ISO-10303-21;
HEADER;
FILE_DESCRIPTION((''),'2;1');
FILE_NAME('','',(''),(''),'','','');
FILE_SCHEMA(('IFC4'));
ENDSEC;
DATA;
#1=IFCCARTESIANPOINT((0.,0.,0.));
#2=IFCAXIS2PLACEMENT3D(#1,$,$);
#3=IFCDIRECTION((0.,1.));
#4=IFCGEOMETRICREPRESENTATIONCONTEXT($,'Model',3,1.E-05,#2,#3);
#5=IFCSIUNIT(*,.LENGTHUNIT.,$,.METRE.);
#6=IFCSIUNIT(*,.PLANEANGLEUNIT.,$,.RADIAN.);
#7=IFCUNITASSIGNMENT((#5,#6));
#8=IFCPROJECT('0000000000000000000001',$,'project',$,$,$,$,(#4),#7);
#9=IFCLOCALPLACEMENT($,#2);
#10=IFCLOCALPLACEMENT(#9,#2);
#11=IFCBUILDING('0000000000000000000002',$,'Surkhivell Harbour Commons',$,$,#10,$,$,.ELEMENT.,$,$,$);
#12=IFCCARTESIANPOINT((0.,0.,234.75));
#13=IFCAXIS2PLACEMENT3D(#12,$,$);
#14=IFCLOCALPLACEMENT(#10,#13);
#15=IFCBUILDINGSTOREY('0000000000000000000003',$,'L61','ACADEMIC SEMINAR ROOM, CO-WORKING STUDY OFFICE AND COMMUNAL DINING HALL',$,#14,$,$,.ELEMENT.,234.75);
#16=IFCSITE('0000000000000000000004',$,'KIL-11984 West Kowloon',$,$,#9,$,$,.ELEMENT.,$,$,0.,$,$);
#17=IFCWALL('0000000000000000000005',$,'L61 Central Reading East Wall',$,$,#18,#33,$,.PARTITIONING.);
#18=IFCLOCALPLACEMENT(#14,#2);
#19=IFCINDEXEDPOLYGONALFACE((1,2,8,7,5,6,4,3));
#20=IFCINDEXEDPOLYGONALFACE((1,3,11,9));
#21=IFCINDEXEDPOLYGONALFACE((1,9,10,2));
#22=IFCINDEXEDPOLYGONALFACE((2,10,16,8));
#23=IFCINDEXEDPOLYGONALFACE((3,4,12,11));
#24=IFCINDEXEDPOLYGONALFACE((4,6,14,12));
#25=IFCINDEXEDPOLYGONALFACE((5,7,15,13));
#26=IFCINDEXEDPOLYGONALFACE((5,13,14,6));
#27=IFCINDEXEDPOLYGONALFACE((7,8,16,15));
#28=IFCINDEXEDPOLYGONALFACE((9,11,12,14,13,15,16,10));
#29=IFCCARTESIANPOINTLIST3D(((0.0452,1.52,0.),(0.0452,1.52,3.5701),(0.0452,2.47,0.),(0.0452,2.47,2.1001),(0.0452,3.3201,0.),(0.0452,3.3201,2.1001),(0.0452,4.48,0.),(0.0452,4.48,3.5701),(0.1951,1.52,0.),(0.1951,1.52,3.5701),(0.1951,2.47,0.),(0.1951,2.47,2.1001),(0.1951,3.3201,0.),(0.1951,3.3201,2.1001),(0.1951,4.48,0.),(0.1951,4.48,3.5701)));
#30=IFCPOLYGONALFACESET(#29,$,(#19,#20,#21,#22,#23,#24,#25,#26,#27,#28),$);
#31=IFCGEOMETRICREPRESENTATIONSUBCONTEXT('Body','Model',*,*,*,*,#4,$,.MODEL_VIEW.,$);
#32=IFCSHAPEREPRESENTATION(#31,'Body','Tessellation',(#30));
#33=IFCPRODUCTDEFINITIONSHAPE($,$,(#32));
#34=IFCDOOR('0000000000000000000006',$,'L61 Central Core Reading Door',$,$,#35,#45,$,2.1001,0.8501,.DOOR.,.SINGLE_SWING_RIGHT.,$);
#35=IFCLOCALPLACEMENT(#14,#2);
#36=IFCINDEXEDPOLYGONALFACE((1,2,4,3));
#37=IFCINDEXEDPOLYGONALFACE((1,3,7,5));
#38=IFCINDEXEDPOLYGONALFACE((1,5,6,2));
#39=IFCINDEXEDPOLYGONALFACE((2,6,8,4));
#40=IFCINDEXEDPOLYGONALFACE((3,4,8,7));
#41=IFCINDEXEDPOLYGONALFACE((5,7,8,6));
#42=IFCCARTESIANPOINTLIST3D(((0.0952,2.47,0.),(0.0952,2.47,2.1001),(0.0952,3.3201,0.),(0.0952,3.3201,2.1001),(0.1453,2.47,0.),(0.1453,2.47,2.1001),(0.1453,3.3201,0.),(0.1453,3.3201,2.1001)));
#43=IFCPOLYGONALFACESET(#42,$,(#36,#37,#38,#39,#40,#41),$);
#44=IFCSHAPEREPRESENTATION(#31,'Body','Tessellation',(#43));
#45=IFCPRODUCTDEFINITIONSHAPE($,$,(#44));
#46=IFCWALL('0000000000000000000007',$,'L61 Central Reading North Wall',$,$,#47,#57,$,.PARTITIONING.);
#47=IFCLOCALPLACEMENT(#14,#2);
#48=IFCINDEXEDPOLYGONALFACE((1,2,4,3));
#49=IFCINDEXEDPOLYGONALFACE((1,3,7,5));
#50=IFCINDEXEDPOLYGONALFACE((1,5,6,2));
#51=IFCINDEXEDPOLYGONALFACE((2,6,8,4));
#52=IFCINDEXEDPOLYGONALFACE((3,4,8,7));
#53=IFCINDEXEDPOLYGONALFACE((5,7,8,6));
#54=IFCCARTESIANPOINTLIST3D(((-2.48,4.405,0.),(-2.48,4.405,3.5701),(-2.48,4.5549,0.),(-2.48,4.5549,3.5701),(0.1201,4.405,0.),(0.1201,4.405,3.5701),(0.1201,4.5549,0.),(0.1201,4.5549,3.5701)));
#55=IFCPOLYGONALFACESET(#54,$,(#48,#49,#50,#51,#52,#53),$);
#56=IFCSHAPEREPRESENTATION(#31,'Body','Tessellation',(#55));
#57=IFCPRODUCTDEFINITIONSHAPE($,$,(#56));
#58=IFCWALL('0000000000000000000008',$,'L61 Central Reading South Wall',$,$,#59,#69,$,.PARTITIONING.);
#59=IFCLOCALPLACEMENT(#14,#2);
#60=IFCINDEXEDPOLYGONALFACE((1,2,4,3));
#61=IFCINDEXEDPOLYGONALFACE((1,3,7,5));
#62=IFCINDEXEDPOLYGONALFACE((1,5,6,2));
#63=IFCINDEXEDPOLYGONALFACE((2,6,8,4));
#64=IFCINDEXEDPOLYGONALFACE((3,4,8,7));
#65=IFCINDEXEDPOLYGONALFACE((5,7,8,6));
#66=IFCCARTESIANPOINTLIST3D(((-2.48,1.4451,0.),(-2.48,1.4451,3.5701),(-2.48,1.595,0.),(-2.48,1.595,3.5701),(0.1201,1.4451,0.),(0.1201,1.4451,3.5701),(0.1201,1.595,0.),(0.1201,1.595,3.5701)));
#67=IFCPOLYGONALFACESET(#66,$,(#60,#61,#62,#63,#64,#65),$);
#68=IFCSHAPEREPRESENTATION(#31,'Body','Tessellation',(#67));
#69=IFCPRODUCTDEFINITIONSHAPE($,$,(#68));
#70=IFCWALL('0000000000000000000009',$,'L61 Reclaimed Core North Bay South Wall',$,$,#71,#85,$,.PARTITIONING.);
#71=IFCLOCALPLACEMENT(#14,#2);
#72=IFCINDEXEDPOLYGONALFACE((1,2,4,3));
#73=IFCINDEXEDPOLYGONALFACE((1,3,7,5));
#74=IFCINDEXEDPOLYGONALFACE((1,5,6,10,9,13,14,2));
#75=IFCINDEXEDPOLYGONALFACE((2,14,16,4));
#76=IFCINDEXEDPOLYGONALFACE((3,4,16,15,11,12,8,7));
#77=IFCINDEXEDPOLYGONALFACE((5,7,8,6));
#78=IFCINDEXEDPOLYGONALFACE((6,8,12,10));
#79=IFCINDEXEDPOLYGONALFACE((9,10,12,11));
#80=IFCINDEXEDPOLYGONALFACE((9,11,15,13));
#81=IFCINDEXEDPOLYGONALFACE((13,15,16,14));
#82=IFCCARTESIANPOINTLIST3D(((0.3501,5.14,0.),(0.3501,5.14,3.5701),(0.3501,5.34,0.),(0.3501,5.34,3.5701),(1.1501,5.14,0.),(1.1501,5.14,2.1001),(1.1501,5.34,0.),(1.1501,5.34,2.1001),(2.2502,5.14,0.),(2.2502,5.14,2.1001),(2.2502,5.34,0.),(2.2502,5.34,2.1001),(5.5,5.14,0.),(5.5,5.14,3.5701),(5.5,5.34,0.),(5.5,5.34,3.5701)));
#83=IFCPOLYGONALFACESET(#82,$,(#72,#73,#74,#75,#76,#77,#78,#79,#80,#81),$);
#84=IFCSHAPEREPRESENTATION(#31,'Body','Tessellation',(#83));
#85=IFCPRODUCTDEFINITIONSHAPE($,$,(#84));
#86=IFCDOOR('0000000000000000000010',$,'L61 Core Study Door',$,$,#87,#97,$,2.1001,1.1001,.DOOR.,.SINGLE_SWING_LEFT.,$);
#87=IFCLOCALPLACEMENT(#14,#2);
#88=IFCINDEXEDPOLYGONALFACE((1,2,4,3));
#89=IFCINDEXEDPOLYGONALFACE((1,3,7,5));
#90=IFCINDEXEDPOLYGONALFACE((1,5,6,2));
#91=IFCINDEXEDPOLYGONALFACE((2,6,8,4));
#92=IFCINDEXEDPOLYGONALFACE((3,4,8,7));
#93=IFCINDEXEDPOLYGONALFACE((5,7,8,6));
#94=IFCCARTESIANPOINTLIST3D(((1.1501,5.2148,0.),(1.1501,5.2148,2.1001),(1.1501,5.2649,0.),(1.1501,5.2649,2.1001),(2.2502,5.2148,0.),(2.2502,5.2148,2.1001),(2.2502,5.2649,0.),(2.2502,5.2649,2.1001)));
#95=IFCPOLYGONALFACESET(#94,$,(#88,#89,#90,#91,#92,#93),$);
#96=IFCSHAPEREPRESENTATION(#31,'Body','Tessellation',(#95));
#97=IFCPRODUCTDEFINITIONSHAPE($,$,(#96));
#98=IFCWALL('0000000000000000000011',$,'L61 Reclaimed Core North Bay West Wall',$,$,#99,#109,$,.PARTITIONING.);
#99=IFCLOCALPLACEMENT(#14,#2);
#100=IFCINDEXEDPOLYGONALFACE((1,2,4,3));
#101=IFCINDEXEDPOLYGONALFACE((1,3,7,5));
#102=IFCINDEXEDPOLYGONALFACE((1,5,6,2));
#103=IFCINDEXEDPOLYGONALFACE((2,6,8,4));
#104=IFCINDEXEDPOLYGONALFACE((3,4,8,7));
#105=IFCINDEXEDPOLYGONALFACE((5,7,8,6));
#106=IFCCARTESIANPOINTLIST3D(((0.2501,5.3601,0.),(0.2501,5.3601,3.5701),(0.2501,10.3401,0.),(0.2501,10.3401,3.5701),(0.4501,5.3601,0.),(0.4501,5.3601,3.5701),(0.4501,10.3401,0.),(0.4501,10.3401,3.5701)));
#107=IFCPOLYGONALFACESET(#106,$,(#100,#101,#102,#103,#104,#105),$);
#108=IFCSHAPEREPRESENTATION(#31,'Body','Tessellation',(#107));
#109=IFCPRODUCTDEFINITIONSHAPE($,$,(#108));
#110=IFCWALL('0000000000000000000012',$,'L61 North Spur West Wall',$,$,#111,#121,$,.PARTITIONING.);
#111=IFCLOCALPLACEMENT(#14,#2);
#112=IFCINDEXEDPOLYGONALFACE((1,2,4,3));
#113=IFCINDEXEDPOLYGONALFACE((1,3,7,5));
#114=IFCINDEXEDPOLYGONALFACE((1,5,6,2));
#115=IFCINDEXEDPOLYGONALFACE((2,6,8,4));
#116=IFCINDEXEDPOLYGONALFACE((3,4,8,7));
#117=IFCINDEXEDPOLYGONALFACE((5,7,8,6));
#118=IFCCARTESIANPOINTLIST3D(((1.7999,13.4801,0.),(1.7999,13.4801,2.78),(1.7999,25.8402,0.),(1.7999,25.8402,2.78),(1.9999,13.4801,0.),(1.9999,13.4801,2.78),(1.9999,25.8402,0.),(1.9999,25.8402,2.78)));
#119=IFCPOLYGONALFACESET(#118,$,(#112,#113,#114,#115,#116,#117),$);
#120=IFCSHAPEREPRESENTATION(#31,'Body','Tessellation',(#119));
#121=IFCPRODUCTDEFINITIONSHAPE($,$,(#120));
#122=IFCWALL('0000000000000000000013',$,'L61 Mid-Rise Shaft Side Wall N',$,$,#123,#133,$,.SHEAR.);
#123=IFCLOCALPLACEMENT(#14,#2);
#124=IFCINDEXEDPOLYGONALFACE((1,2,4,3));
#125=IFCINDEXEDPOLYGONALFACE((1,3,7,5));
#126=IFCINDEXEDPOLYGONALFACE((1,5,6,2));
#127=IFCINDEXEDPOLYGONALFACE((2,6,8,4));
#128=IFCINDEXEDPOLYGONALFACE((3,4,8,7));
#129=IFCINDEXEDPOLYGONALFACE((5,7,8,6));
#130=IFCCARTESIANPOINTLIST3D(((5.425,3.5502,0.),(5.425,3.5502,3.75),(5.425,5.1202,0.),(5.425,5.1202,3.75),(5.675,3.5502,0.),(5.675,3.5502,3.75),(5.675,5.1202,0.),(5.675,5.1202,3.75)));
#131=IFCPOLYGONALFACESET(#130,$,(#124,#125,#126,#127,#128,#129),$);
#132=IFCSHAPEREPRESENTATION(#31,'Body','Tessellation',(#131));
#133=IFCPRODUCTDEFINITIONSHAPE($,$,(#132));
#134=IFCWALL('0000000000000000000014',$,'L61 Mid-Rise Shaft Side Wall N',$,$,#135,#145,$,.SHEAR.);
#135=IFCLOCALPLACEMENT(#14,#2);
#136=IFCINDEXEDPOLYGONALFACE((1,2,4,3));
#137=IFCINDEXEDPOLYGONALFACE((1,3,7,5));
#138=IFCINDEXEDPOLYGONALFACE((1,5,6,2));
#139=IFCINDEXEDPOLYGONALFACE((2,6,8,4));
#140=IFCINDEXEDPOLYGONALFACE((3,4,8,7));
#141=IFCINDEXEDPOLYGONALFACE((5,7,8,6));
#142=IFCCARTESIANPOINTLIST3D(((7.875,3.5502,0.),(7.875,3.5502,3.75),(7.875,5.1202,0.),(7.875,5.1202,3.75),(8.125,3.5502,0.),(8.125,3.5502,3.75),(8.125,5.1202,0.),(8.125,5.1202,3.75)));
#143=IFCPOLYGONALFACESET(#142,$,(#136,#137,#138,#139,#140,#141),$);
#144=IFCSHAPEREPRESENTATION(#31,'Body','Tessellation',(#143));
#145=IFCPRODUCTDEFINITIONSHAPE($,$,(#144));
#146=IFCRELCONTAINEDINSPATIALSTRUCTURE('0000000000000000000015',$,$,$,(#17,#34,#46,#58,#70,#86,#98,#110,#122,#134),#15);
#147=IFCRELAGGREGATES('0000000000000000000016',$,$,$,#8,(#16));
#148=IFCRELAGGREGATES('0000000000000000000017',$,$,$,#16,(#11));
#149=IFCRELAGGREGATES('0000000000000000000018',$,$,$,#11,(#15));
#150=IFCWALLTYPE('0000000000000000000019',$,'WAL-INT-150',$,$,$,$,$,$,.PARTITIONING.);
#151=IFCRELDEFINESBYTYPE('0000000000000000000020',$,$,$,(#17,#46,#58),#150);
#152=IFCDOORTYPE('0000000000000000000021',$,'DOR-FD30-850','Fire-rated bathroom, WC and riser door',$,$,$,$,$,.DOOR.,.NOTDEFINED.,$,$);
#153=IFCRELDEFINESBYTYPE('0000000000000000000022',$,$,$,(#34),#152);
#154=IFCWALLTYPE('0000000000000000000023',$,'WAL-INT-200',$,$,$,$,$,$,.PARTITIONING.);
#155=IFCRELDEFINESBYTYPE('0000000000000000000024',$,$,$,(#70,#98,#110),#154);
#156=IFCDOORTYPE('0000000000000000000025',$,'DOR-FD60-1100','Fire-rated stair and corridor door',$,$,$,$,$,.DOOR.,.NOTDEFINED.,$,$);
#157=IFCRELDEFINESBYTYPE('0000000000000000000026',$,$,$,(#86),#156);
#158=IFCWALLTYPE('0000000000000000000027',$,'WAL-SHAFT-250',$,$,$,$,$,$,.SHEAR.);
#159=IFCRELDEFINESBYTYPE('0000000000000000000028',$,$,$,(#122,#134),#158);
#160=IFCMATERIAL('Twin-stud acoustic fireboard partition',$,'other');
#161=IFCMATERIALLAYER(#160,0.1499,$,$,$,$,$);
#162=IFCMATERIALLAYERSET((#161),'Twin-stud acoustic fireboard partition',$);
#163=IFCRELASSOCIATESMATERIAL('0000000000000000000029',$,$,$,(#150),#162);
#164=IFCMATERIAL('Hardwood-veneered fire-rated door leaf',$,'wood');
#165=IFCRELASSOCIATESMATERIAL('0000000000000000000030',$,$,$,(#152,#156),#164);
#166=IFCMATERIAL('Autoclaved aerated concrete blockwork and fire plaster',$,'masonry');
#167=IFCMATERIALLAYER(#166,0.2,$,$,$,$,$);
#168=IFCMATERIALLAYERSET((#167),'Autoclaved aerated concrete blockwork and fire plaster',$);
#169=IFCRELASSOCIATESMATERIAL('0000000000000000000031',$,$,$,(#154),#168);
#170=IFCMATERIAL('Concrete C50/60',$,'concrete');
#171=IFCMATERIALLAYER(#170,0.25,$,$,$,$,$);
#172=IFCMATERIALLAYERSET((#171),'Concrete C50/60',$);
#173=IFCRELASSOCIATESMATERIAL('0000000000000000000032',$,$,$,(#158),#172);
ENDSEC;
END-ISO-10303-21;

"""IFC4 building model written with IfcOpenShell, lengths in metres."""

from ifc_helpers import new_model, si_unit, direction, frame, frame_2d, origin, place, context, subcontext, project, spatial, rectangle, extrude, material, layer, layer_set, type_object, element, fill, save


model = new_model("IFC4")

# Units and contexts
model_context = context("Model", 3, precision=1e-05, world=origin(), true_north=direction((0.0, 1.0)))
body_context = subcontext(model_context, "Body", "Model", "MODEL_VIEW")
ifc_project = project(units=[si_unit("LENGTHUNIT", "METRE"), si_unit("PLANEANGLEUNIT", "RADIAN")], contexts=[model_context])

# Site, building, storey
site_placement = place(None, origin())
site = spatial("IfcSite", under=ifc_project, at=site_placement, Name="KIL-11984 West Kowloon", CompositionType="ELEMENT", RefElevation=0.0)
building_placement = place(site_placement, origin())
building = spatial("IfcBuilding", under=site, at=building_placement, Name="Surkhivell Harbour Commons", CompositionType="ELEMENT")
storey_placement = place(building_placement, frame((0.0, 0.0, 234.75)))
storey = spatial("IfcBuildingStorey", under=building, at=storey_placement, Name="L61", Description="ACADEMIC SEMINAR ROOM, CO-WORKING STUDY OFFICE AND COMMUNAL DINING HALL", CompositionType="ELEMENT", Elevation=234.75)

# Wall, opening, door
ifc_material_1 = material(Name="Twin-stud acoustic fireboard partition", Category="other")
ifc_layer_1 = layer(ifc_material_1, 0.1499)
ifc_layer_set_1 = layer_set([ifc_layer_1], Name="Twin-stud acoustic fireboard partition")
wall_type_1 = type_object("IfcWallType", Name="WAL-INT-150", PredefinedType="PARTITIONING", material=ifc_layer_set_1)
ifc_material_2 = material(Name="Hardwood-veneered fire-rated door leaf", Category="wood")
door_type_1 = type_object("IfcDoorType", Name="DOR-FD30-850", Description="Fire-rated bathroom, WC and riser door", OperationType="NOTDEFINED", PredefinedType="DOOR", material=ifc_material_2)
wall_1_placement = place(storey_placement, frame((0.1201, 1.52, 0.0), z_axis=(0.0, 0.0, 1.0), x_axis=(0.0, 1.0, 0.0)))
wall_1 = element("IfcWall", 1, at=wall_1_placement, inside=storey, type_object=wall_type_1, Name="L61 Central Reading East Wall", PredefinedType="PARTITIONING", context=body_context, shape_type="SweptSolid", body=[
    extrude(rectangle(XDim=2.96, YDim=0.1499, at=frame_2d((1.48, 0.0))), origin(), (0.0, 0.0, 1.0), 3.5701),
])
opening_1_placement = place(wall_1_placement, frame((0.95, 0.0, 0.0)))
opening_1 = element("IfcOpeningElement", 2, at=opening_1_placement, cuts=wall_1, PredefinedType="OPENING", context=body_context, shape_type="SweptSolid", body=[
    extrude(rectangle(XDim=0.8501, YDim=2.1001, at=frame_2d((0.425, 1.05))), frame((0.0, 0.085, 0.0), z_axis=(0.0, -1.0, 0.0), x_axis=(1.0, 0.0, 0.0)), (0.0, 0.0, 1.0), 0.1699),
])
door_1_placement = place(opening_1_placement, origin())
door_1 = element("IfcDoor", 3, at=door_1_placement, inside=storey, type_object=door_type_1, Name="L61 Central Core Reading Door", OperationType="SINGLE_SWING_RIGHT", OverallHeight=2.1001, OverallWidth=0.8501, PredefinedType="DOOR", context=body_context, shape_type="SweptSolid", body=[
    extrude(rectangle(XDim=0.8501, YDim=2.1001, at=frame_2d((0.425, 1.05))), frame((0.0, 0.0249, 0.0), z_axis=(0.0, -1.0, 0.0), x_axis=(1.0, 0.0, 0.0)), (0.0, 0.0, 1.0), 0.05),
])
fill(opening_1, door_1)

# Walls
for number, where, z_axis, x_axis, name in (
    (4, (-2.48, 4.48, 0.0), (0.0, 0.0, 1.0), (1.0, 0.0, 0.0), "L61 Central Reading North Wall"),
    (5, (-2.48, 1.52, 0.0), (0.0, 0.0, 1.0), (1.0, 0.0, 0.0), "L61 Central Reading South Wall"),
):
    element("IfcWall", number, at=place(storey_placement, frame(where, z_axis=z_axis, x_axis=x_axis)), inside=storey, type_object=wall_type_1, Name=name, PredefinedType="PARTITIONING", context=body_context, shape_type="SweptSolid", body=[
        extrude(rectangle(XDim=2.6001, YDim=0.1499, at=frame_2d((1.3, 0.0))), origin(), (0.0, 0.0, 1.0), 3.5701),
    ])

# Wall, opening, door
ifc_material_3 = material(Name="Autoclaved aerated concrete blockwork and fire plaster", Category="masonry")
ifc_layer_2 = layer(ifc_material_3, 0.2)
ifc_layer_set_2 = layer_set([ifc_layer_2], Name="Autoclaved aerated concrete blockwork and fire plaster")
wall_type_2 = type_object("IfcWallType", Name="WAL-INT-200", PredefinedType="PARTITIONING", material=ifc_layer_set_2)
wall_2_placement = place(storey_placement, frame((0.3501, 5.24, 0.0), z_axis=(0.0, 0.0, 1.0), x_axis=(1.0, 0.0, 0.0)))
wall_2 = element("IfcWall", 6, at=wall_2_placement, inside=storey, type_object=wall_type_2, Name="L61 Reclaimed Core North Bay South Wall", PredefinedType="PARTITIONING", context=body_context, shape_type="SweptSolid", body=[
    extrude(rectangle(XDim=5.1499, YDim=0.2, at=frame_2d((2.575, 0.0))), origin(), (0.0, 0.0, 1.0), 3.5701),
])
opening_2_placement = place(wall_2_placement, frame((0.8, 0.0, 0.0)))
opening_2 = element("IfcOpeningElement", 7, at=opening_2_placement, cuts=wall_2, PredefinedType="OPENING", context=body_context, shape_type="SweptSolid", body=[
    extrude(rectangle(XDim=1.1001, YDim=2.1001, at=frame_2d((0.55, 1.05))), frame((0.0, 0.1099, 0.0), z_axis=(0.0, -1.0, 0.0), x_axis=(1.0, 0.0, 0.0)), (0.0, 0.0, 1.0), 0.22),
])
door_type_2 = type_object("IfcDoorType", Name="DOR-FD60-1100", Description="Fire-rated stair and corridor door", OperationType="NOTDEFINED", PredefinedType="DOOR", material=ifc_material_2)
door_2_placement = place(opening_2_placement, origin())
door_2 = element("IfcDoor", 8, at=door_2_placement, inside=storey, type_object=door_type_2, Name="L61 Core Study Door", OperationType="SINGLE_SWING_LEFT", OverallHeight=2.1001, OverallWidth=1.1001, PredefinedType="DOOR", context=body_context, shape_type="SweptSolid", body=[
    extrude(rectangle(XDim=1.1001, YDim=2.1001, at=frame_2d((0.55, 1.05))), frame((0.0, 0.0249, 0.0), z_axis=(0.0, -1.0, 0.0), x_axis=(1.0, 0.0, 0.0)), (0.0, 0.0, 1.0), 0.05),
])
fill(opening_2, door_2)

# Walls
wall_3_placement = place(storey_placement, frame((0.3501, 5.3601, 0.0), z_axis=(0.0, 0.0, 1.0), x_axis=(0.0, 1.0, 0.0)))
element("IfcWall", 9, at=wall_3_placement, inside=storey, type_object=wall_type_2, Name="L61 Reclaimed Core North Bay West Wall", PredefinedType="PARTITIONING", context=body_context, shape_type="SweptSolid", body=[
    extrude(rectangle(XDim=4.98, YDim=0.2, at=frame_2d((2.49, 0.0))), origin(), (0.0, 0.0, 1.0), 3.5701),
])
wall_4_placement = place(storey_placement, frame((1.8999, 13.48, 0.0), z_axis=(0.0, 0.0, 1.0), x_axis=(0.0, 1.0, 0.0)))
element("IfcWall", 10, at=wall_4_placement, inside=storey, type_object=wall_type_2, Name="L61 North Spur West Wall", PredefinedType="PARTITIONING", context=body_context, shape_type="SweptSolid", body=[
    extrude(rectangle(XDim=12.3601, YDim=0.2, at=frame_2d((6.1802, 0.0))), origin(), (0.0, 0.0, 1.0), 2.78),
])
ifc_material_4 = material(Name="Concrete C50/60", Category="concrete")
ifc_layer_3 = layer(ifc_material_4, 0.25)
ifc_layer_set_3 = layer_set([ifc_layer_3], Name="Concrete C50/60")
wall_type_3 = type_object("IfcWallType", Name="WAL-SHAFT-250", PredefinedType="SHEAR", material=ifc_layer_set_3)
for number, where, z_axis, x_axis, name in (
    (11, (5.55, 3.55, 0.0), (0.0, 0.0, 1.0), (0.0, 1.0, 0.0), "L61 Mid-Rise Shaft Side Wall N"),
    (12, (8.0, 3.55, 0.0), (0.0, 0.0, 1.0), (0.0, 1.0, 0.0), "L61 Mid-Rise Shaft Side Wall N"),
):
    element("IfcWall", number, at=place(storey_placement, frame(where, z_axis=z_axis, x_axis=x_axis)), inside=storey, type_object=wall_type_3, Name=name, PredefinedType="SHEAR", context=body_context, shape_type="SweptSolid", body=[
        extrude(rectangle(XDim=1.5701, YDim=0.25, at=frame_2d((0.7852, 0.0))), origin(), (0.0, 0.0, 1.0), 3.75),
    ])

save(model, "model.ifc")
